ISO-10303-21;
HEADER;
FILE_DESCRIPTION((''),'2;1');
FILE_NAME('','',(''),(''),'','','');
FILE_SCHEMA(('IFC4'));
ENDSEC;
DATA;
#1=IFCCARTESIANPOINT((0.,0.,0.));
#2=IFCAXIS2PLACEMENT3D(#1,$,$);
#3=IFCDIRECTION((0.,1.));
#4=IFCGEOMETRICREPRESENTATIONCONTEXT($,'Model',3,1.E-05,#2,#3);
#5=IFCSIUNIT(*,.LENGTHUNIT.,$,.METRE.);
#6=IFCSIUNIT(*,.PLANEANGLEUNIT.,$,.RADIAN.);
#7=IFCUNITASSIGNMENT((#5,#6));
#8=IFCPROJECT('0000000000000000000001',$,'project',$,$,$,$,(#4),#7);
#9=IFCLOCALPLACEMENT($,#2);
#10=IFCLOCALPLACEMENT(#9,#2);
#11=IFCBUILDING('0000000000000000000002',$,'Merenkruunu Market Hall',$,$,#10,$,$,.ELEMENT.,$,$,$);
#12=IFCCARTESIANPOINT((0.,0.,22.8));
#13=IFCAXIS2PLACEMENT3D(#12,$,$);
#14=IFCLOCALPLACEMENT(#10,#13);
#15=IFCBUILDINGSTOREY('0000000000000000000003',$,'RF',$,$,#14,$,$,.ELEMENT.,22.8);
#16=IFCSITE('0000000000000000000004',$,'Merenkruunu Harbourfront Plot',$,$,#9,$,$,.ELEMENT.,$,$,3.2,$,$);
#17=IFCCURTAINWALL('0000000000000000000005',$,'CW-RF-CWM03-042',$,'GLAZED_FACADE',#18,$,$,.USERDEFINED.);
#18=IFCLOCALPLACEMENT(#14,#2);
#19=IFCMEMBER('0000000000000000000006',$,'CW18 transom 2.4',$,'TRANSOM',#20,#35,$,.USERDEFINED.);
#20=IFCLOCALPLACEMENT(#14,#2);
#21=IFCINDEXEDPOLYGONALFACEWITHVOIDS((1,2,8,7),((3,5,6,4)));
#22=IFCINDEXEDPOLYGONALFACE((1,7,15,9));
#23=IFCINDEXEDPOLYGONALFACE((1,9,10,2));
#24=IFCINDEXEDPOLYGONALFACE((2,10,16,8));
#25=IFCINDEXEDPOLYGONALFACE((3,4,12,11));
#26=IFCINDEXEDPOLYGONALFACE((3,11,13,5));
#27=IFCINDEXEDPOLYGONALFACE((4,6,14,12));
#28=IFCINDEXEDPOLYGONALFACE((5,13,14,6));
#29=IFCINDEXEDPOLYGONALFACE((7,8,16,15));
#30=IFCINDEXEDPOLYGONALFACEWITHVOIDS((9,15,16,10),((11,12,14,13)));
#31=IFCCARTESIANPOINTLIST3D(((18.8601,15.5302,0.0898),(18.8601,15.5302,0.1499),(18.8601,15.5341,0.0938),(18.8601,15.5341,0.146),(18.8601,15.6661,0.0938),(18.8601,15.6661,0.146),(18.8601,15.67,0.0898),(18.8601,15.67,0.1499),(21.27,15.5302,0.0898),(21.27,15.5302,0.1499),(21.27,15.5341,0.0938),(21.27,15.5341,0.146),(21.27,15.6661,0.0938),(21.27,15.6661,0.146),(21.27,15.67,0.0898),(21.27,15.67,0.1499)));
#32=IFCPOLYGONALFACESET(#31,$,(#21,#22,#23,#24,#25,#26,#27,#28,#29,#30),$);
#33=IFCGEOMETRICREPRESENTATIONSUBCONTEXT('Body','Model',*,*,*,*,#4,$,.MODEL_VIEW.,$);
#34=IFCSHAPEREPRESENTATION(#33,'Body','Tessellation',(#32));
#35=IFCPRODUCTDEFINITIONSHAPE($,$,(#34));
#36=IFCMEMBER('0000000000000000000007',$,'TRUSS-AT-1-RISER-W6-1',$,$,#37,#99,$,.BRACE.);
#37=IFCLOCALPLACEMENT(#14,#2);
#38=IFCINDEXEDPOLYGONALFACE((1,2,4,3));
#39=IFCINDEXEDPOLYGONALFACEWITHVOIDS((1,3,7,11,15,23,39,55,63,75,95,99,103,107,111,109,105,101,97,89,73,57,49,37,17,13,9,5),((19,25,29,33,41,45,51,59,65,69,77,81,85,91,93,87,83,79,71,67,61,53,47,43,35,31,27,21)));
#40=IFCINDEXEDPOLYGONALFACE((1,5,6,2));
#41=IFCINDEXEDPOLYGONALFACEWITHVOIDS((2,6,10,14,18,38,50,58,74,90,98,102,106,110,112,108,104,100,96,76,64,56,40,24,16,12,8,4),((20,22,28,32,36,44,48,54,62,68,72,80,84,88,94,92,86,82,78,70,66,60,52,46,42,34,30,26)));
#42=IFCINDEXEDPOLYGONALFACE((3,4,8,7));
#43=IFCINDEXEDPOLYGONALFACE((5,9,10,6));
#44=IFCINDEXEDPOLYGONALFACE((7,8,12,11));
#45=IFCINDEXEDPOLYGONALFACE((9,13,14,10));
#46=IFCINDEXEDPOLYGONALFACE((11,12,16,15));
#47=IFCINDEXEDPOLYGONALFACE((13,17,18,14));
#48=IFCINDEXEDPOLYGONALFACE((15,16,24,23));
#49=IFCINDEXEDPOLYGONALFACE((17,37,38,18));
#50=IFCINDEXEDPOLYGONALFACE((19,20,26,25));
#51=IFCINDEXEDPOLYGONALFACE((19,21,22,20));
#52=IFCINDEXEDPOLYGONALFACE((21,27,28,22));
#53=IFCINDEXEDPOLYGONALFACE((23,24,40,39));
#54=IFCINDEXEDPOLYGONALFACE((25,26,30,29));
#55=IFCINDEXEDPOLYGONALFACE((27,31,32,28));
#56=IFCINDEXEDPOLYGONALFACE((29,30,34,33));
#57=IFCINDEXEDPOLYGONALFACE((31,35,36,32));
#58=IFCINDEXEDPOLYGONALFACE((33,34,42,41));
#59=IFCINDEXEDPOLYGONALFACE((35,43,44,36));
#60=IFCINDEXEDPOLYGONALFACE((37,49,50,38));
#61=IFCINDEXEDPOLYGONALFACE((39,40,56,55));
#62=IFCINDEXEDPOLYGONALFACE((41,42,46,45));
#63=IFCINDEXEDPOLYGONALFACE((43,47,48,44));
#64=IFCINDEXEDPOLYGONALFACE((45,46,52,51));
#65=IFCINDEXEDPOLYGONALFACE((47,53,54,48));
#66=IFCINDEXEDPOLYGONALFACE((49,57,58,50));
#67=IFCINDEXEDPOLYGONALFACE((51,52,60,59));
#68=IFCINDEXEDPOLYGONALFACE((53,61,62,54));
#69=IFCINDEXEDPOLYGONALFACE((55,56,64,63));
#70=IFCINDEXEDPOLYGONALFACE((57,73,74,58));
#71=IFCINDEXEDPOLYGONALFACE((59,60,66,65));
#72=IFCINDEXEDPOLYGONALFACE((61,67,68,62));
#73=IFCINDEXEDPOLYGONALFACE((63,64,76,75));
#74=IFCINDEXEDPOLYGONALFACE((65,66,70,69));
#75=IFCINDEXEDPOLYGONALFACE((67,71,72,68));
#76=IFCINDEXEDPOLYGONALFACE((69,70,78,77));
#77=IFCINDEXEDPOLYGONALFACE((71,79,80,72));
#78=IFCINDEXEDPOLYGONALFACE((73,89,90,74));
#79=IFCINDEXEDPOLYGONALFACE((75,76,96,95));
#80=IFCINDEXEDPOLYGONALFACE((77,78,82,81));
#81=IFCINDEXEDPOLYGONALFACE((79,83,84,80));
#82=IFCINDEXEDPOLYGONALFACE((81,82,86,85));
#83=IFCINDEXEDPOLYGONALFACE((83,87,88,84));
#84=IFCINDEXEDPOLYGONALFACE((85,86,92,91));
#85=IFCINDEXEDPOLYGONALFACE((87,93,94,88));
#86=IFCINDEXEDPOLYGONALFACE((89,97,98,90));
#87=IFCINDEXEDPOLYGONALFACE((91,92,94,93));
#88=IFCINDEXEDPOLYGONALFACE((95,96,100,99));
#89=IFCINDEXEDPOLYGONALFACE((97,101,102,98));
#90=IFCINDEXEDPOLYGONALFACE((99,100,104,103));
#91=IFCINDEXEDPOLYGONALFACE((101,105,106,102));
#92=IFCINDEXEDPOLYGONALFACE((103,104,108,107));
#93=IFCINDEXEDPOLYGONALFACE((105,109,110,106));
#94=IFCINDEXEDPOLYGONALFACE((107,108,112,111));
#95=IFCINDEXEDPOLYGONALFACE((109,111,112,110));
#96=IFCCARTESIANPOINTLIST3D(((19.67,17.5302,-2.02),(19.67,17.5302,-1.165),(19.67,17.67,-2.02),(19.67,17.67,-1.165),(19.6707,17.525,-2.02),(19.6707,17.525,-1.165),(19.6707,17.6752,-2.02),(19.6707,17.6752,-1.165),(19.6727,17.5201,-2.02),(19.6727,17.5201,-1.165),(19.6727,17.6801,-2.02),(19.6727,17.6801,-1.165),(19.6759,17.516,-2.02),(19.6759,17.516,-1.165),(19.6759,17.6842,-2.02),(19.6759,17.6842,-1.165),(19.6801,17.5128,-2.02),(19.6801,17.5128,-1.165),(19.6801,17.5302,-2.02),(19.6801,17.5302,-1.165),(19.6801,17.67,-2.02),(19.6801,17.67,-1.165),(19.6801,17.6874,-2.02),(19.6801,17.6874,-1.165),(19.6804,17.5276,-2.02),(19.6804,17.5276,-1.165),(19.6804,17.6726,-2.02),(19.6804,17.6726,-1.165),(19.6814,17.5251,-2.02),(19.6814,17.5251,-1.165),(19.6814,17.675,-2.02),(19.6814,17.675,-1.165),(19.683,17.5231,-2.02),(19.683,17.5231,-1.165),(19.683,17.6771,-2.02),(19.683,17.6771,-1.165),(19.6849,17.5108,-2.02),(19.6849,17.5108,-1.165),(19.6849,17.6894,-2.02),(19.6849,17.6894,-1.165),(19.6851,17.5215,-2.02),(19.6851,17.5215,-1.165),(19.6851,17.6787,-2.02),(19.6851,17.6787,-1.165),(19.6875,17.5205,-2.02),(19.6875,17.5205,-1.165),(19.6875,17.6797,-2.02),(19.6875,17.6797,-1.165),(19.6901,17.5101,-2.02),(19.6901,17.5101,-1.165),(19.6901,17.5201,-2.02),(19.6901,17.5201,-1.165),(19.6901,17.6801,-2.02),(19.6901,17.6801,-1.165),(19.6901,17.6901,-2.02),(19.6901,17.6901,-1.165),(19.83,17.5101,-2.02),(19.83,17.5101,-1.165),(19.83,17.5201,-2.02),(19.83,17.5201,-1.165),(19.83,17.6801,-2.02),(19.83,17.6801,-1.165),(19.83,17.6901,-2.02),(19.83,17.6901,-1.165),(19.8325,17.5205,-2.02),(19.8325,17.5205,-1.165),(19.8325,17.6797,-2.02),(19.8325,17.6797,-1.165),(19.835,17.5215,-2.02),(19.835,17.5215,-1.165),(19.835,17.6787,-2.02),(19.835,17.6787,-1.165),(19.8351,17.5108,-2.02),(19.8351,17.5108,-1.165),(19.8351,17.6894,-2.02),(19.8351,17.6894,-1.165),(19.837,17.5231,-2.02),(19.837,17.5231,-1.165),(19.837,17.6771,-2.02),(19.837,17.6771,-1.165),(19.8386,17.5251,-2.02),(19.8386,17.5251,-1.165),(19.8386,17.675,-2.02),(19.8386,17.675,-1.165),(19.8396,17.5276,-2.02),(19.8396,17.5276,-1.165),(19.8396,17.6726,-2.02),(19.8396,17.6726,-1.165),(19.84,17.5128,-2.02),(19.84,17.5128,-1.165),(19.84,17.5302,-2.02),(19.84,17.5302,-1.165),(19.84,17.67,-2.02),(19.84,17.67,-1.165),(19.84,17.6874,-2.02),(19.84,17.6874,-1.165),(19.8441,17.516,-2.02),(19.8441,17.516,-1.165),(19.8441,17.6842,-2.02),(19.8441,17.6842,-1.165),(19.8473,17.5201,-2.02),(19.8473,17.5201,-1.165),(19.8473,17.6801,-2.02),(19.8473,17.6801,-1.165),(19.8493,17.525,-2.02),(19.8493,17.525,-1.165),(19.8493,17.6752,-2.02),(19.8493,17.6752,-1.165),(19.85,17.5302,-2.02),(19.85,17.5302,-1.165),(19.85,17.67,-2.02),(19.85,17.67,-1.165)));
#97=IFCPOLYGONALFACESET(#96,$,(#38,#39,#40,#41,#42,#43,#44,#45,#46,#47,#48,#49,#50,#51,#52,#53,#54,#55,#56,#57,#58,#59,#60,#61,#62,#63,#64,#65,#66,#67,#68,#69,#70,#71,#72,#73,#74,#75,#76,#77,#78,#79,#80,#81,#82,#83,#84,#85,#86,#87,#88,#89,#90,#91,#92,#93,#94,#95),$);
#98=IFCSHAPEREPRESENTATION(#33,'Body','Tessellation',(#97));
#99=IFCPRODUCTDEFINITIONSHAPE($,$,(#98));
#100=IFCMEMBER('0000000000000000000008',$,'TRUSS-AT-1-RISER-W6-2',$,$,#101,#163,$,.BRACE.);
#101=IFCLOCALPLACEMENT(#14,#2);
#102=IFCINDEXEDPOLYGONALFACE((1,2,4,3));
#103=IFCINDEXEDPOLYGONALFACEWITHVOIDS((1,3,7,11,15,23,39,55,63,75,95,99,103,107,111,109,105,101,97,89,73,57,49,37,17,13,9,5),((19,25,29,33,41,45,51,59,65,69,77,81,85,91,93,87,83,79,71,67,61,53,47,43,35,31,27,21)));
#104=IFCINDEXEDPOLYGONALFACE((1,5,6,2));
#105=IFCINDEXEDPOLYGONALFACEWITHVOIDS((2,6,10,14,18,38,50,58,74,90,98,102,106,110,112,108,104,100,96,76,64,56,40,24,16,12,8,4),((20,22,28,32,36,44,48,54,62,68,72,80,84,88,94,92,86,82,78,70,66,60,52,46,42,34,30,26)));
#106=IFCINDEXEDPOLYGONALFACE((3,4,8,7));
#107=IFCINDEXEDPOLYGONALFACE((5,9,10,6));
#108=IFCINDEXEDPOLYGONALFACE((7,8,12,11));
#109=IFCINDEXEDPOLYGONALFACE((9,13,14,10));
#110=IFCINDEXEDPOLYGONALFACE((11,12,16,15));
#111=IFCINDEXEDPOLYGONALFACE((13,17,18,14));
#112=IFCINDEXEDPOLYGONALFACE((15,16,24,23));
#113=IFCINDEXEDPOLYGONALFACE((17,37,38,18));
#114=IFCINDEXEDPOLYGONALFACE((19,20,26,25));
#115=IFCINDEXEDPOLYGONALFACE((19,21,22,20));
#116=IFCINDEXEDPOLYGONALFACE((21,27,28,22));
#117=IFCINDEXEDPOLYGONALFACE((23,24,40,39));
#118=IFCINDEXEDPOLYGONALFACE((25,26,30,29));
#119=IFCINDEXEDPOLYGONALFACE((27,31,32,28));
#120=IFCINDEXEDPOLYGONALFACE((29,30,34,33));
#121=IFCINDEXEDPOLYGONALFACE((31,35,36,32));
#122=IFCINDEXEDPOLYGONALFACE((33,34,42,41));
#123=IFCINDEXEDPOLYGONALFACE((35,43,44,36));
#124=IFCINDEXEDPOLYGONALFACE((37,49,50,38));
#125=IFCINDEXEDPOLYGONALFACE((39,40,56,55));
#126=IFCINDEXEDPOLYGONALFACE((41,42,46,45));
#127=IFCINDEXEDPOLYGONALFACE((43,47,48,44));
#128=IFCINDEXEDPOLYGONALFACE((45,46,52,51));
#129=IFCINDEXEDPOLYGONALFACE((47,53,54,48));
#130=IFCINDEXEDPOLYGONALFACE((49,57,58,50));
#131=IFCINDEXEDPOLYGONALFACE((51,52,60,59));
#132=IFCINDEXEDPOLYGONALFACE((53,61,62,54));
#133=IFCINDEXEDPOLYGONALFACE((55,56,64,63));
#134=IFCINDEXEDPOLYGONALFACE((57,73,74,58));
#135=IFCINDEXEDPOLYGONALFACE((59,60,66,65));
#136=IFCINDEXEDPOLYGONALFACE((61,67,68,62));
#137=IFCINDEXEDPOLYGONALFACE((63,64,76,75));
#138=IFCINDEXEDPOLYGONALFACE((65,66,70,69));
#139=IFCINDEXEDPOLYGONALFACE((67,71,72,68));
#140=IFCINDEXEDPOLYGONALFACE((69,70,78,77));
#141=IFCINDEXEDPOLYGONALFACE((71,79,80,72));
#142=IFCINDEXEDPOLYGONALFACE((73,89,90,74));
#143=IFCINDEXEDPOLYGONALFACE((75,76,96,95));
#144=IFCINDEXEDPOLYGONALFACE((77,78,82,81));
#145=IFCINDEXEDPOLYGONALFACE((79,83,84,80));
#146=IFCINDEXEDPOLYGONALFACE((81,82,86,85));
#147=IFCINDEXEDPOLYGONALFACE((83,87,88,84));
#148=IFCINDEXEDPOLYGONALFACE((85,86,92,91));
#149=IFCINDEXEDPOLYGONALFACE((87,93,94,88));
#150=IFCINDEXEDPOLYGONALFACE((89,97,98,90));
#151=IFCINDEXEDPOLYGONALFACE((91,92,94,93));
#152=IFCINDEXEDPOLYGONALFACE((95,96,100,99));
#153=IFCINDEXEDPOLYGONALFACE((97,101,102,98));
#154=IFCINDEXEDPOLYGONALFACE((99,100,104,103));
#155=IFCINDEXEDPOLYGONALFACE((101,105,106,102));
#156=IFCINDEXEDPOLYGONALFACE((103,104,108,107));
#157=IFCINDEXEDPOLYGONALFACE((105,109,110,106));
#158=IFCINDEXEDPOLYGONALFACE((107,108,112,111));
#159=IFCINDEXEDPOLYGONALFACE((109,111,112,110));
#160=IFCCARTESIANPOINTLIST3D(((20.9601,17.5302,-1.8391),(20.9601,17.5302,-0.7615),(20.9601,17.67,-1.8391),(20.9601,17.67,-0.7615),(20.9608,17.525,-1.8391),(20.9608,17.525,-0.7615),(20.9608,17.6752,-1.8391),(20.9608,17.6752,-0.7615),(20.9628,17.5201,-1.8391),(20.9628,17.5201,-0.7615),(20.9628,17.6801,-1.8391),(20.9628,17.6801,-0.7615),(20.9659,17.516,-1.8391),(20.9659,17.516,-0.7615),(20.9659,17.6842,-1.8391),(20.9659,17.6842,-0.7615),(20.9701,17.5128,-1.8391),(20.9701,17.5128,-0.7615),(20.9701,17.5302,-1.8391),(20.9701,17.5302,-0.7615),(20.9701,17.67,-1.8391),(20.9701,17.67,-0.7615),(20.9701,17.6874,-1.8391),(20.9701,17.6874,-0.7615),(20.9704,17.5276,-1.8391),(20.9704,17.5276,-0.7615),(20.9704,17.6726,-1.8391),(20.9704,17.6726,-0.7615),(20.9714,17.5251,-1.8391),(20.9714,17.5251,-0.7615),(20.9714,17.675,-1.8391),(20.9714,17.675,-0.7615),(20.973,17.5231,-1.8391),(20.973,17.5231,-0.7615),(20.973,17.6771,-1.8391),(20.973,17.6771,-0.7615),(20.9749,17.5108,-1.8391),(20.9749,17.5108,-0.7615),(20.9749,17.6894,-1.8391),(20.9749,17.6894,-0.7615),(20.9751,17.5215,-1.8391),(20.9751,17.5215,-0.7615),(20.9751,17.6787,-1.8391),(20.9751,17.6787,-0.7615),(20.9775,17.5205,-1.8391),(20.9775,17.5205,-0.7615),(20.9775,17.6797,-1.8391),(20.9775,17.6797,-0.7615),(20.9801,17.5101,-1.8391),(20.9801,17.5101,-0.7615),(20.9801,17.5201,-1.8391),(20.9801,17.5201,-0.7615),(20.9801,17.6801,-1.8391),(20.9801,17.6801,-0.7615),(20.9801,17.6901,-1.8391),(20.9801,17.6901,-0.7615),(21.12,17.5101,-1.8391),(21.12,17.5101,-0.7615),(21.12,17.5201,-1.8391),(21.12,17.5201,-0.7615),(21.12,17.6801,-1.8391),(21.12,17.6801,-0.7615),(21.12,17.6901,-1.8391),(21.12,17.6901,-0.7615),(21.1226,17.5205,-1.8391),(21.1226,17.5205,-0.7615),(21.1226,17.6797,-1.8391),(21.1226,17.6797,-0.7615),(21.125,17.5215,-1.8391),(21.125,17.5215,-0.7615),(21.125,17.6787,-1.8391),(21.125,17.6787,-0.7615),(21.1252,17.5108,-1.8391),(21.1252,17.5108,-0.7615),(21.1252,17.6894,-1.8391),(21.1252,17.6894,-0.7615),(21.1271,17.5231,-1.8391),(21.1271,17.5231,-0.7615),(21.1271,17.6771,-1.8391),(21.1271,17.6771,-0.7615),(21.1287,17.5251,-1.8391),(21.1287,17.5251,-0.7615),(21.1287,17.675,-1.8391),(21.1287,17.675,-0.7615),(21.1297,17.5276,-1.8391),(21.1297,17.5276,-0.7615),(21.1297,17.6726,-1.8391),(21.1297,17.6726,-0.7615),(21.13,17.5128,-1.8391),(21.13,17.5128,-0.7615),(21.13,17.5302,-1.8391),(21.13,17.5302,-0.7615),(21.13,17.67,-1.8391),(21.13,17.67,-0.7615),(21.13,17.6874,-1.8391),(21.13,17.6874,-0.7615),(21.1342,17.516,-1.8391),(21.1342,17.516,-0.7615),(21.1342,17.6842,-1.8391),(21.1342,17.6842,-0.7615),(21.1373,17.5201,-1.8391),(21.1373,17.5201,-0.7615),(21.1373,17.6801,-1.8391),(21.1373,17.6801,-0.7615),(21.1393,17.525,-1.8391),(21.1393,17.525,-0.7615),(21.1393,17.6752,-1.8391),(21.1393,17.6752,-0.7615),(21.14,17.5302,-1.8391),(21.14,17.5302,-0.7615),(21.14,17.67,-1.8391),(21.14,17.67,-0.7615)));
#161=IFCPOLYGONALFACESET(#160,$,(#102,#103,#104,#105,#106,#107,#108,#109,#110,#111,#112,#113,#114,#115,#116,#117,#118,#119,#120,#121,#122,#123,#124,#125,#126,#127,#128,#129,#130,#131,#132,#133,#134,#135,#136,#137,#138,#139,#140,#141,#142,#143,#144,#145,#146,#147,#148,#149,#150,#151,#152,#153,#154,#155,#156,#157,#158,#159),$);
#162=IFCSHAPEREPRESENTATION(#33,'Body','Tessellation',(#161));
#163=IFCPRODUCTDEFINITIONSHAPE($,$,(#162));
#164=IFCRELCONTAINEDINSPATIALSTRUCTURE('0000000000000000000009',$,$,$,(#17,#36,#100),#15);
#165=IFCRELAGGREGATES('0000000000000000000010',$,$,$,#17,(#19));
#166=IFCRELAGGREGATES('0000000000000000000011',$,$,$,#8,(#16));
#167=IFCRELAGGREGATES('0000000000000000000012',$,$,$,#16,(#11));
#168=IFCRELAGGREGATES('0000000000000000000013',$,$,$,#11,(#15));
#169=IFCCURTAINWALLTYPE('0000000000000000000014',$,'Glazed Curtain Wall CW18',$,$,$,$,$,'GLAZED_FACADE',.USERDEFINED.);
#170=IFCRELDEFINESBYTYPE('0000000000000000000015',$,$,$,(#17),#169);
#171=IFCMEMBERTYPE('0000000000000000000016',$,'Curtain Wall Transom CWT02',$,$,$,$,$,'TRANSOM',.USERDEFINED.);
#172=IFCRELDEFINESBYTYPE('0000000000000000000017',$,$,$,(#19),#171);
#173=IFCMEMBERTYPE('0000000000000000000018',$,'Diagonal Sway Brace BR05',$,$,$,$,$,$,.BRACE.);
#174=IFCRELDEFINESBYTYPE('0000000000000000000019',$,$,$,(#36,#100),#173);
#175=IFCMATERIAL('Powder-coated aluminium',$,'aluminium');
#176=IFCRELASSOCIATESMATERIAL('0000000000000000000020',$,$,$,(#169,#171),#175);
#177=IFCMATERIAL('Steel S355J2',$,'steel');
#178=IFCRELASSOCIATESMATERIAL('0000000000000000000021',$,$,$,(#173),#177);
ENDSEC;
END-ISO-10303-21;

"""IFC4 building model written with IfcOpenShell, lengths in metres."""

from ifc_helpers import new_model, si_unit, direction, frame, origin, origin_2d, place, context, subcontext, project, spatial, hollow_rectangle, extrude, material, material_profile, profile_set, type_object, element, aggregate, save


model = new_model("IFC4")

# Units and contexts
model_context = context("Model", 3, precision=1e-05, world=origin(), true_north=direction((0.0, 1.0)))
body_context = subcontext(model_context, "Body", "Model", "MODEL_VIEW")
ifc_project = project(units=[si_unit("LENGTHUNIT", "METRE"), si_unit("PLANEANGLEUNIT", "RADIAN")], contexts=[model_context])

# Site, building, storey
site_placement = place(None, origin())
site = spatial("IfcSite", under=ifc_project, at=site_placement, Name="Merenkruunu Harbourfront Plot", CompositionType="ELEMENT", RefElevation=3.2)
building_placement = place(site_placement, origin())
building = spatial("IfcBuilding", under=site, at=building_placement, Name="Merenkruunu Market Hall", CompositionType="ELEMENT")
storey_placement = place(building_placement, frame((0.0, 0.0, 22.8)))
storey = spatial("IfcBuildingStorey", under=building, at=storey_placement, Name="RF", CompositionType="ELEMENT", Elevation=22.8)

# Curtain wall, member
ifc_material_1 = material(Name="Powder-coated aluminium", Category="aluminium")
curtain_wall_type = type_object("IfcCurtainWallType", Name="Glazed Curtain Wall CW18", ElementType="GLAZED_FACADE", PredefinedType="USERDEFINED", material=ifc_material_1)
curtain_wall_placement = place(storey_placement, origin())
curtain_wall = element("IfcCurtainWall", 1, at=curtain_wall_placement, inside=storey, type_object=curtain_wall_type, Name="CW-RF-CWM03-042", ObjectType="GLAZED_FACADE", PredefinedType="USERDEFINED")
ifc_material_profile_1 = material_profile(ifc_material_1, hollow_rectangle(XDim=0.0601, YDim=0.1399, WallThickness=0.0039, at=origin_2d()), Name="ALU 60x140x4")
ifc_profile_set_1 = profile_set([ifc_material_profile_1], Name="Powder-coated aluminium")
member_type_1 = type_object("IfcMemberType", Name="Curtain Wall Transom CWT02", ElementType="TRANSOM", PredefinedType="USERDEFINED", material=ifc_profile_set_1)
member_1_placement = place(storey_placement, frame((21.27, 15.6001, 0.1199), z_axis=(-1.0, 0.0, 0.0), x_axis=(0.0, 0.0, 1.0)))
member_1 = element("IfcMember", 2, at=member_1_placement, type_object=member_type_1, Name="CW18 transom 2.4", ObjectType="TRANSOM", PredefinedType="USERDEFINED", context=body_context, shape_type="SweptSolid", body=[
    extrude(hollow_rectangle(XDim=0.0601, YDim=0.1399, WallThickness=0.0039, at=origin_2d()), origin(), (0.0, 0.0, 1.0), 2.4099),
])
aggregate(curtain_wall, [member_1])

# Members
ifc_material_2 = material(Name="Steel S355J2", Category="steel")
ifc_material_profile_2 = material_profile(ifc_material_2, hollow_rectangle(XDim=0.1799, YDim=0.1799, WallThickness=0.01, InnerFilletRadius=0.01, OuterFilletRadius=0.02, at=origin_2d()), Name="SHS 180x180x10")
ifc_profile_set_2 = profile_set([ifc_material_profile_2], Name="Steel S355J2")
member_type_2 = type_object("IfcMemberType", Name="Diagonal Sway Brace BR05", PredefinedType="BRACE", material=ifc_profile_set_2)
member_2_placement = place(storey_placement, frame((19.76, 17.6001, -2.02), z_axis=(0.0, 0.0, 1.0), x_axis=(1.0, 0.0, 0.0)))
element("IfcMember", 3, at=member_2_placement, inside=storey, type_object=member_type_2, Name="TRUSS-AT-1-RISER-W6-1", PredefinedType="BRACE", context=body_context, shape_type="SweptSolid", body=[
    extrude(hollow_rectangle(XDim=0.1799, YDim=0.1799, WallThickness=0.01, InnerFilletRadius=0.01, OuterFilletRadius=0.02, at=origin_2d()), origin(), (0.0, 0.0, 1.0), 0.855),
])
member_3_placement = place(storey_placement, frame((21.05, 17.6001, -1.8391), z_axis=(0.0, 0.0, 1.0), x_axis=(1.0, 0.0, 0.0)))
element("IfcMember", 4, at=member_3_placement, inside=storey, type_object=member_type_2, Name="TRUSS-AT-1-RISER-W6-2", PredefinedType="BRACE", context=body_context, shape_type="SweptSolid", body=[
    extrude(hollow_rectangle(XDim=0.1799, YDim=0.1799, WallThickness=0.01, InnerFilletRadius=0.01, OuterFilletRadius=0.02, at=origin_2d()), origin(), (0.0, 0.0, 1.0), 1.0776),
])

save(model, "model.ifc")
